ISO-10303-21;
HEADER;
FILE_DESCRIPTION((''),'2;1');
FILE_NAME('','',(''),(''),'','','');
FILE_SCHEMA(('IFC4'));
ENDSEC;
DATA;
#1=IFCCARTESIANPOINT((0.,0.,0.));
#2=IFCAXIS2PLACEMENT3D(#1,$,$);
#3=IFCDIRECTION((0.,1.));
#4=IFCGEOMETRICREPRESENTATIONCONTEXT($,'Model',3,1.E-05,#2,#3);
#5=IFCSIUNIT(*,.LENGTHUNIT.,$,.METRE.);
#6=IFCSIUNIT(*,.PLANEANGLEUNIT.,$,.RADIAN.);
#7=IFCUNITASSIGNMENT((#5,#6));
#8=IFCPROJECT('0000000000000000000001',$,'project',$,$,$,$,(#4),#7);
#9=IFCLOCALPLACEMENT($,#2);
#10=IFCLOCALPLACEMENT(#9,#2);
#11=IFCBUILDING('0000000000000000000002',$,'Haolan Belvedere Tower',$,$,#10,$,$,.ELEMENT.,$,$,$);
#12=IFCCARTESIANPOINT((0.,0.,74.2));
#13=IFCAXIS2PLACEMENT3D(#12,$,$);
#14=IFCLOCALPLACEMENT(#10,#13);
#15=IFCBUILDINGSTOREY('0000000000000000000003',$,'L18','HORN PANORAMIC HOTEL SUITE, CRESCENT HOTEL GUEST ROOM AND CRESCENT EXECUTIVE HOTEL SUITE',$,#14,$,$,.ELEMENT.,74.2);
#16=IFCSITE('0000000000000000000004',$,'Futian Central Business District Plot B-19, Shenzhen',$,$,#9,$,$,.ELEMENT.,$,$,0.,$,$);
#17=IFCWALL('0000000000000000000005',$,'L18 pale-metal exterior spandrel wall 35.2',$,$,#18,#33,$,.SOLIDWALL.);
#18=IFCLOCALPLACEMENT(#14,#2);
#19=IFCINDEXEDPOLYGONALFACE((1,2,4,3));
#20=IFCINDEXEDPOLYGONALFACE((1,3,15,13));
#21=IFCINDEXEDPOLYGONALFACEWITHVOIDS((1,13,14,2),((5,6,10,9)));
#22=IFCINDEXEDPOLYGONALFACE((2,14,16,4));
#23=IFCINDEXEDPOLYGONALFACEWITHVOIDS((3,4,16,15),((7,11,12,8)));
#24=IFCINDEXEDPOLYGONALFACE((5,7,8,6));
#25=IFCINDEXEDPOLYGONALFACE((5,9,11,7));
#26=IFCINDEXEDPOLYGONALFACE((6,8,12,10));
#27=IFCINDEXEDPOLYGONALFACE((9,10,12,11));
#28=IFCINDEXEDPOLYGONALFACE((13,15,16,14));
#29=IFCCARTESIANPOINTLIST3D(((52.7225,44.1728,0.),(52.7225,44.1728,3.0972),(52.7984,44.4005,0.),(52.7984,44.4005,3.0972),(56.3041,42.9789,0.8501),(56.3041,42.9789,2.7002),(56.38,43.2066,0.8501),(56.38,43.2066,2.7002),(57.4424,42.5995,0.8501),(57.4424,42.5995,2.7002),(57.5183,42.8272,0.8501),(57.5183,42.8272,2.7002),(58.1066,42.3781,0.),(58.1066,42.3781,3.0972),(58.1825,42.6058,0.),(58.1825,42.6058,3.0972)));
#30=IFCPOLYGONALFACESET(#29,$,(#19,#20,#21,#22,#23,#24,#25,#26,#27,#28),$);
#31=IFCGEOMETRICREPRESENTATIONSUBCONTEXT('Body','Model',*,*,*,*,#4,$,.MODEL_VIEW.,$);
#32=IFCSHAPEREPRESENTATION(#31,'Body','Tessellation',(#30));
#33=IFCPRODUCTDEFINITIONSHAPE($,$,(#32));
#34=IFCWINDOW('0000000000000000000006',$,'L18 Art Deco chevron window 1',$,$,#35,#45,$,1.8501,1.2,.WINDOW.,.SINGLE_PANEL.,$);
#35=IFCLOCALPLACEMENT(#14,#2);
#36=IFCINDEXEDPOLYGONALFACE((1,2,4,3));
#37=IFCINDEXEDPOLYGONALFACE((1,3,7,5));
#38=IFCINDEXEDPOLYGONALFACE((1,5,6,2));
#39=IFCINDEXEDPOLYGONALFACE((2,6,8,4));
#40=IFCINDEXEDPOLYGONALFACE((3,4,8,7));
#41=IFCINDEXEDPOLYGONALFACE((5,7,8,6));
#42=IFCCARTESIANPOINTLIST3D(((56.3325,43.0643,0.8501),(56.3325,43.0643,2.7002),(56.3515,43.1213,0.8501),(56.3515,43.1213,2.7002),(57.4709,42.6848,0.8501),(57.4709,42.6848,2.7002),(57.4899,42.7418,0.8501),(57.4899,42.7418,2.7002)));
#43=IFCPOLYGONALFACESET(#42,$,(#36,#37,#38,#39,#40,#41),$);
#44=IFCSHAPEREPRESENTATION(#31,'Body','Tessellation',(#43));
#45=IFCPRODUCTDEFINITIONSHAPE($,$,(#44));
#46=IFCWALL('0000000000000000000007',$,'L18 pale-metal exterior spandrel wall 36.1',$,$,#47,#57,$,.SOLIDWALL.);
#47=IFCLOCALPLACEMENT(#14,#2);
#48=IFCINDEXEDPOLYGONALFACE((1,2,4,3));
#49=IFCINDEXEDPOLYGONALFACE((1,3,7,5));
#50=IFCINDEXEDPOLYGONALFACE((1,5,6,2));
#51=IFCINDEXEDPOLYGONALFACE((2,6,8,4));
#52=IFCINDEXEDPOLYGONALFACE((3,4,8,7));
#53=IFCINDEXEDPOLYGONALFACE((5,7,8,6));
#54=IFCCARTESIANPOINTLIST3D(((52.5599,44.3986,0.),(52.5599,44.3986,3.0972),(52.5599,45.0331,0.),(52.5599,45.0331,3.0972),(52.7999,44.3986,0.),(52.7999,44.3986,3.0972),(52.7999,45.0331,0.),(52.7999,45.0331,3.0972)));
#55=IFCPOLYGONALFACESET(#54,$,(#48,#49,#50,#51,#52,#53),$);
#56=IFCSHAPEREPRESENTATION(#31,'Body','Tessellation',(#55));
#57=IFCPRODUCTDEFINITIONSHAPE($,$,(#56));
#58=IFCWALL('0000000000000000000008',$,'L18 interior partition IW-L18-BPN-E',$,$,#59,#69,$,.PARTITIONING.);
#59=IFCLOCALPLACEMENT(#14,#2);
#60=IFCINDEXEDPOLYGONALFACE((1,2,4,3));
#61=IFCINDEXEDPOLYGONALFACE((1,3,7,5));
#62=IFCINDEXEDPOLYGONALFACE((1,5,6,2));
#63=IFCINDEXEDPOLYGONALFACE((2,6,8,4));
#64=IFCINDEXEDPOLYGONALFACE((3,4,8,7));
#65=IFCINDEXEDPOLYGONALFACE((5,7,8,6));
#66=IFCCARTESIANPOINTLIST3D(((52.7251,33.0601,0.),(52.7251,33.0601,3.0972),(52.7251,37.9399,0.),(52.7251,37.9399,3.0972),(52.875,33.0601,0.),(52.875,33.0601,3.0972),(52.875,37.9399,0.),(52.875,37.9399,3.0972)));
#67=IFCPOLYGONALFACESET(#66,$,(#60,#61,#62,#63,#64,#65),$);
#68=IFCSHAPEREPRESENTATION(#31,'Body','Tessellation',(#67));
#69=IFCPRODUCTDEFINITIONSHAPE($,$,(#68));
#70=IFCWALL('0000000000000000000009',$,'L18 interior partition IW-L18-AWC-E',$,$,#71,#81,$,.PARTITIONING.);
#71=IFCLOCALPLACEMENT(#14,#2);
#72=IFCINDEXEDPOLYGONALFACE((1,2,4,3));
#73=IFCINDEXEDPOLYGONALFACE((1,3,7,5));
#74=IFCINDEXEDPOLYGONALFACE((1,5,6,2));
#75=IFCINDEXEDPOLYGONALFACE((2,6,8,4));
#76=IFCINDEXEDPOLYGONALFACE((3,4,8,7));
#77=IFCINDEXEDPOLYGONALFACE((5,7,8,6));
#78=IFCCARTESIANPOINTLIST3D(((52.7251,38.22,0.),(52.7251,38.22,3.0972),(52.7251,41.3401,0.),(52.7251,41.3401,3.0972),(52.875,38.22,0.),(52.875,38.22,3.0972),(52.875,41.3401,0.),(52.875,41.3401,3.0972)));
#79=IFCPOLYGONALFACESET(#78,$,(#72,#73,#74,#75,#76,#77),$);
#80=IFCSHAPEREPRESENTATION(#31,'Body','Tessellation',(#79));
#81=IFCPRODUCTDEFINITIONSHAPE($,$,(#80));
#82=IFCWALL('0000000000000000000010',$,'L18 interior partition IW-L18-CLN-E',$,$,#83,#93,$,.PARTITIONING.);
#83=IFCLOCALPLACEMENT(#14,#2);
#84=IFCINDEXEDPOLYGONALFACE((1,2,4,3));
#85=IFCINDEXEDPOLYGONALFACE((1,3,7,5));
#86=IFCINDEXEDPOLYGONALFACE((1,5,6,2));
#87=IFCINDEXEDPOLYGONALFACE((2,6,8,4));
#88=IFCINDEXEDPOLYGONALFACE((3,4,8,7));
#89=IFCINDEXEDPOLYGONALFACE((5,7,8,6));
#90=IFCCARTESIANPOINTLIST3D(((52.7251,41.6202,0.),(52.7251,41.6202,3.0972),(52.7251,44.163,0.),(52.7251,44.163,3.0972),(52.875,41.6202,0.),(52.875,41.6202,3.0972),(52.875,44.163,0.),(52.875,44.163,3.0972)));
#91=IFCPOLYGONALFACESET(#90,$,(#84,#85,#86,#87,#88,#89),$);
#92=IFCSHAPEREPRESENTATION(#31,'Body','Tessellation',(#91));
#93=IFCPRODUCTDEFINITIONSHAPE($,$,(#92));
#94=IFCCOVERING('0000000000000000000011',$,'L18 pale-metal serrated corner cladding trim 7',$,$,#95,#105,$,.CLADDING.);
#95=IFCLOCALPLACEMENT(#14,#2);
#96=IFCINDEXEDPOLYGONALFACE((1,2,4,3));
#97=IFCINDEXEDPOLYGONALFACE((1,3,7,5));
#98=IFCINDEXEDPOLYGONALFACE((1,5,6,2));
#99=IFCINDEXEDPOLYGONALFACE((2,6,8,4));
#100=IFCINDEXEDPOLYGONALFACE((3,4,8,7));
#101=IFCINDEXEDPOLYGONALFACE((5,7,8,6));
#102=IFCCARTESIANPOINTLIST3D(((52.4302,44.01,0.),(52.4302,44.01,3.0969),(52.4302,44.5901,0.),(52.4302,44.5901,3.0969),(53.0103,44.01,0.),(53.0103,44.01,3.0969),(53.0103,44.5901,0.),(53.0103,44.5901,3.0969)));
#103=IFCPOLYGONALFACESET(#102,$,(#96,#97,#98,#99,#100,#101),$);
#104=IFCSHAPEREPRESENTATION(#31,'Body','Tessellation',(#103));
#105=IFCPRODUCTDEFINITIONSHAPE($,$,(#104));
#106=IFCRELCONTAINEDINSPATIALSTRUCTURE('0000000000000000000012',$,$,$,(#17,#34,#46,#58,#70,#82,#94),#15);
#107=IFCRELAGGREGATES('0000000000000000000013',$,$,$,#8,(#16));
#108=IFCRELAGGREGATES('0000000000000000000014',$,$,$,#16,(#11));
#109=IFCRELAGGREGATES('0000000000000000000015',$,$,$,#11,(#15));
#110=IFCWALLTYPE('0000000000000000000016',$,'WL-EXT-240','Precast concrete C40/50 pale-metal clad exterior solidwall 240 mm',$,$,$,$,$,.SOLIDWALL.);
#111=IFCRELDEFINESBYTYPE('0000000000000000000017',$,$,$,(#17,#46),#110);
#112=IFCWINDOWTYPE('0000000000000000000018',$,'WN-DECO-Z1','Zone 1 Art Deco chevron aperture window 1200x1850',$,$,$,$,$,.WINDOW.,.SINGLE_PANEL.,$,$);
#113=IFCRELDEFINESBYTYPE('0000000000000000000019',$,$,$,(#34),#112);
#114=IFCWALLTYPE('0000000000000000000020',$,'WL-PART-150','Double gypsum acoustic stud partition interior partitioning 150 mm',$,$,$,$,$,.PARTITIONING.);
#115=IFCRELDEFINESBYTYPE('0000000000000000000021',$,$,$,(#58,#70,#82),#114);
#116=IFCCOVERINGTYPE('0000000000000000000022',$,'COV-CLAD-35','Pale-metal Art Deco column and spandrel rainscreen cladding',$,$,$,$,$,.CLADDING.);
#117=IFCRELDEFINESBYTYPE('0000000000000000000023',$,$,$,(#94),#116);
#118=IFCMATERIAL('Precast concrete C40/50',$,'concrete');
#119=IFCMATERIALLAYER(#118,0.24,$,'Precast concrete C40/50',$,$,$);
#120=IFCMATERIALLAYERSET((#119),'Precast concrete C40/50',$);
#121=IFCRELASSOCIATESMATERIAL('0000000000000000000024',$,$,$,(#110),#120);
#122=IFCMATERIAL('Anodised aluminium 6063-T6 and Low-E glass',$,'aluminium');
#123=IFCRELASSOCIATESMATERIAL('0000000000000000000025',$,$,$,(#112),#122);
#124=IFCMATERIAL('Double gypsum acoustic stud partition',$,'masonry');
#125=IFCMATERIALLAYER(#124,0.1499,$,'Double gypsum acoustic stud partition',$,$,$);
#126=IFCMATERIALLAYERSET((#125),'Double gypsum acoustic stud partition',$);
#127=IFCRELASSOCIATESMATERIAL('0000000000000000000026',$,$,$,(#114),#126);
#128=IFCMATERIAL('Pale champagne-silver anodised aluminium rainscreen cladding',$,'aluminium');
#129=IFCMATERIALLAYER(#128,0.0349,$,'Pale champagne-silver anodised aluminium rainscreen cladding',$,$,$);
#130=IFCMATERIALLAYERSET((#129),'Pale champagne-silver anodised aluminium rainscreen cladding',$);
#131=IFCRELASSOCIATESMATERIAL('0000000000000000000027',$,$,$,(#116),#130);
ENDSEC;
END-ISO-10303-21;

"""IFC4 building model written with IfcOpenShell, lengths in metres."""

from ifc_helpers import new_model, si_unit, direction, frame, frame_2d, origin, origin_2d, place, context, subcontext, project, spatial, rectangle, extrude, material, layer, layer_set, type_object, element, fill, save


model = new_model("IFC4")

# Units and contexts
model_context = context("Model", 3, precision=1e-05, world=origin(), true_north=direction((0.0, 1.0)))
body_context = subcontext(model_context, "Body", "Model", "MODEL_VIEW")
ifc_project = project(units=[si_unit("LENGTHUNIT", "METRE"), si_unit("PLANEANGLEUNIT", "RADIAN")], contexts=[model_context])

# Site, building, storey
site_placement = place(None, origin())
site = spatial("IfcSite", under=ifc_project, at=site_placement, Name="Futian Central Business District Plot B-19, Shenzhen", CompositionType="ELEMENT", RefElevation=0.0)
building_placement = place(site_placement, origin())
building = spatial("IfcBuilding", under=site, at=building_placement, Name="Haolan Belvedere Tower", CompositionType="ELEMENT")
storey_placement = place(building_placement, frame((0.0, 0.0, 74.2)))
storey = spatial("IfcBuildingStorey", under=building, at=storey_placement, Name="L18", Description="HORN PANORAMIC HOTEL SUITE, CRESCENT HOTEL GUEST ROOM AND CRESCENT EXECUTIVE HOTEL SUITE", CompositionType="ELEMENT", Elevation=74.2)

# Shared definitions
ifc_material_1 = material(Name="Precast concrete C40/50", Category="concrete")
ifc_layer_1 = layer(ifc_material_1, 0.24, Name="Precast concrete C40/50")
ifc_layer_set_1 = layer_set([ifc_layer_1], Name="Precast concrete C40/50")
wall_type_1 = type_object("IfcWallType", Name="WL-EXT-240", Description="Precast concrete C40/50 pale-metal clad exterior solidwall 240 mm", PredefinedType="SOLIDWALL", material=ifc_layer_set_1)
ifc_material_2 = material(Name="Anodised aluminium 6063-T6 and Low-E glass", Category="aluminium")
window_type = type_object("IfcWindowType", Name="WN-DECO-Z1", Description="Zone 1 Art Deco chevron aperture window 1200x1850", PartitioningType="SINGLE_PANEL", PredefinedType="WINDOW", material=ifc_material_2)

# Wall, opening, window
wall_1_placement = place(storey_placement, frame((58.1445, 42.4919, 0.0), z_axis=(0.0, 0.0, 1.0), x_axis=(-0.948683, 0.316228, 0.0)))
wall_1 = element("IfcWall", 1, at=wall_1_placement, inside=storey, type_object=wall_type_1, Name="L18 pale-metal exterior spandrel wall 35.2", PredefinedType="SOLIDWALL", context=body_context, shape_type="SweptSolid", body=[
    extrude(rectangle(XDim=5.6753, YDim=0.24, at=frame_2d((2.8376, 0.0))), origin(), (0.0, 0.0, 1.0), 3.0972),
])
opening_1_placement = place(wall_1_placement, frame((0.7, 0.0, 0.8501)))
opening_1 = element("IfcOpeningElement", 2, at=opening_1_placement, cuts=wall_1, PredefinedType="OPENING", context=body_context, shape_type="SweptSolid", body=[
    extrude(rectangle(XDim=1.2, YDim=1.8501, at=frame_2d((0.6001, 0.925))), frame((0.0, 0.1299, 0.0), z_axis=(0.0, -1.0, 0.0), x_axis=(1.0, 0.0, 0.0)), (0.0, 0.0, 1.0), 0.26),
])
window_1_placement = place(opening_1_placement, origin())
window_1 = element("IfcWindow", 3, at=window_1_placement, inside=storey, type_object=window_type, Name="L18 Art Deco chevron window 1", OverallHeight=1.8501, OverallWidth=1.2, PartitioningType="SINGLE_PANEL", PredefinedType="WINDOW", context=body_context, shape_type="SweptSolid", body=[
    extrude(rectangle(XDim=1.2, YDim=1.8501, at=frame_2d((0.6001, 0.925))), frame((0.0, 0.03, 0.0), z_axis=(0.0, -1.0, 0.0), x_axis=(1.0, 0.0, 0.0)), (0.0, 0.0, 1.0), 0.0601),
])
fill(opening_1, window_1)

# Walls
wall_2_placement = place(storey_placement, frame((52.6799, 44.3984, 0.0), z_axis=(0.0, 0.0, 1.0), x_axis=(0.0, 1.0, 0.0)))
element("IfcWall", 4, at=wall_2_placement, inside=storey, type_object=wall_type_1, Name="L18 pale-metal exterior spandrel wall 36.1", PredefinedType="SOLIDWALL", context=body_context, shape_type="SweptSolid", body=[
    extrude(rectangle(XDim=0.6345, YDim=0.24, at=frame_2d((0.3174, 0.0))), origin(), (0.0, 0.0, 1.0), 3.0972),
])
ifc_material_3 = material(Name="Double gypsum acoustic stud partition", Category="masonry")
ifc_layer_2 = layer(ifc_material_3, 0.1499, Name="Double gypsum acoustic stud partition")
ifc_layer_set_2 = layer_set([ifc_layer_2], Name="Double gypsum acoustic stud partition")
wall_type_2 = type_object("IfcWallType", Name="WL-PART-150", Description="Double gypsum acoustic stud partition interior partitioning 150 mm", PredefinedType="PARTITIONING", material=ifc_layer_set_2)
wall_3_placement = place(storey_placement, frame((52.8, 33.0601, 0.0), z_axis=(0.0, 0.0, 1.0), x_axis=(0.0, 1.0, 0.0)))
element("IfcWall", 5, at=wall_3_placement, inside=storey, type_object=wall_type_2, Name="L18 interior partition IW-L18-BPN-E", PredefinedType="PARTITIONING", context=body_context, shape_type="SweptSolid", body=[
    extrude(rectangle(XDim=4.8799, YDim=0.1499, at=frame_2d((2.4399, 0.0))), origin(), (0.0, 0.0, 1.0), 3.0972),
])
wall_4_placement = place(storey_placement, frame((52.8, 38.22, 0.0), z_axis=(0.0, 0.0, 1.0), x_axis=(0.0, 1.0, 0.0)))
element("IfcWall", 6, at=wall_4_placement, inside=storey, type_object=wall_type_2, Name="L18 interior partition IW-L18-AWC-E", PredefinedType="PARTITIONING", context=body_context, shape_type="SweptSolid", body=[
    extrude(rectangle(XDim=3.1201, YDim=0.1499, at=frame_2d((1.5601, 0.0))), origin(), (0.0, 0.0, 1.0), 3.0972),
])
wall_5_placement = place(storey_placement, frame((52.8, 41.6201, 0.0), z_axis=(0.0, 0.0, 1.0), x_axis=(0.0, 1.0, 0.0)))
element("IfcWall", 7, at=wall_5_placement, inside=storey, type_object=wall_type_2, Name="L18 interior partition IW-L18-CLN-E", PredefinedType="PARTITIONING", context=body_context, shape_type="SweptSolid", body=[
    extrude(rectangle(XDim=2.5427, YDim=0.1499, at=frame_2d((1.2715, 0.0))), origin(), (0.0, 0.0, 1.0), 3.0972),
])

# Covering
ifc_material_4 = material(Name="Pale champagne-silver anodised aluminium rainscreen cladding", Category="aluminium")
ifc_layer_3 = layer(ifc_material_4, 0.0349, Name="Pale champagne-silver anodised aluminium rainscreen cladding")
ifc_layer_set_3 = layer_set([ifc_layer_3], Name="Pale champagne-silver anodised aluminium rainscreen cladding")
covering_type = type_object("IfcCoveringType", Name="COV-CLAD-35", Description="Pale-metal Art Deco column and spandrel rainscreen cladding", PredefinedType="CLADDING", material=ifc_layer_set_3)
covering_placement = place(storey_placement, frame((52.7202, 44.3, 0.0), z_axis=(0.0, 0.0, 1.0), x_axis=(1.0, 0.0, 0.0)))
element("IfcCovering", 8, at=covering_placement, inside=storey, type_object=covering_type, Name="L18 pale-metal serrated corner cladding trim 7", PredefinedType="CLADDING", context=body_context, shape_type="SweptSolid", body=[
    extrude(rectangle(XDim=0.5801, YDim=0.5801, at=origin_2d()), origin(), (0.0, 0.0, 1.0), 3.0969),
])

save(model, "model.ifc")
